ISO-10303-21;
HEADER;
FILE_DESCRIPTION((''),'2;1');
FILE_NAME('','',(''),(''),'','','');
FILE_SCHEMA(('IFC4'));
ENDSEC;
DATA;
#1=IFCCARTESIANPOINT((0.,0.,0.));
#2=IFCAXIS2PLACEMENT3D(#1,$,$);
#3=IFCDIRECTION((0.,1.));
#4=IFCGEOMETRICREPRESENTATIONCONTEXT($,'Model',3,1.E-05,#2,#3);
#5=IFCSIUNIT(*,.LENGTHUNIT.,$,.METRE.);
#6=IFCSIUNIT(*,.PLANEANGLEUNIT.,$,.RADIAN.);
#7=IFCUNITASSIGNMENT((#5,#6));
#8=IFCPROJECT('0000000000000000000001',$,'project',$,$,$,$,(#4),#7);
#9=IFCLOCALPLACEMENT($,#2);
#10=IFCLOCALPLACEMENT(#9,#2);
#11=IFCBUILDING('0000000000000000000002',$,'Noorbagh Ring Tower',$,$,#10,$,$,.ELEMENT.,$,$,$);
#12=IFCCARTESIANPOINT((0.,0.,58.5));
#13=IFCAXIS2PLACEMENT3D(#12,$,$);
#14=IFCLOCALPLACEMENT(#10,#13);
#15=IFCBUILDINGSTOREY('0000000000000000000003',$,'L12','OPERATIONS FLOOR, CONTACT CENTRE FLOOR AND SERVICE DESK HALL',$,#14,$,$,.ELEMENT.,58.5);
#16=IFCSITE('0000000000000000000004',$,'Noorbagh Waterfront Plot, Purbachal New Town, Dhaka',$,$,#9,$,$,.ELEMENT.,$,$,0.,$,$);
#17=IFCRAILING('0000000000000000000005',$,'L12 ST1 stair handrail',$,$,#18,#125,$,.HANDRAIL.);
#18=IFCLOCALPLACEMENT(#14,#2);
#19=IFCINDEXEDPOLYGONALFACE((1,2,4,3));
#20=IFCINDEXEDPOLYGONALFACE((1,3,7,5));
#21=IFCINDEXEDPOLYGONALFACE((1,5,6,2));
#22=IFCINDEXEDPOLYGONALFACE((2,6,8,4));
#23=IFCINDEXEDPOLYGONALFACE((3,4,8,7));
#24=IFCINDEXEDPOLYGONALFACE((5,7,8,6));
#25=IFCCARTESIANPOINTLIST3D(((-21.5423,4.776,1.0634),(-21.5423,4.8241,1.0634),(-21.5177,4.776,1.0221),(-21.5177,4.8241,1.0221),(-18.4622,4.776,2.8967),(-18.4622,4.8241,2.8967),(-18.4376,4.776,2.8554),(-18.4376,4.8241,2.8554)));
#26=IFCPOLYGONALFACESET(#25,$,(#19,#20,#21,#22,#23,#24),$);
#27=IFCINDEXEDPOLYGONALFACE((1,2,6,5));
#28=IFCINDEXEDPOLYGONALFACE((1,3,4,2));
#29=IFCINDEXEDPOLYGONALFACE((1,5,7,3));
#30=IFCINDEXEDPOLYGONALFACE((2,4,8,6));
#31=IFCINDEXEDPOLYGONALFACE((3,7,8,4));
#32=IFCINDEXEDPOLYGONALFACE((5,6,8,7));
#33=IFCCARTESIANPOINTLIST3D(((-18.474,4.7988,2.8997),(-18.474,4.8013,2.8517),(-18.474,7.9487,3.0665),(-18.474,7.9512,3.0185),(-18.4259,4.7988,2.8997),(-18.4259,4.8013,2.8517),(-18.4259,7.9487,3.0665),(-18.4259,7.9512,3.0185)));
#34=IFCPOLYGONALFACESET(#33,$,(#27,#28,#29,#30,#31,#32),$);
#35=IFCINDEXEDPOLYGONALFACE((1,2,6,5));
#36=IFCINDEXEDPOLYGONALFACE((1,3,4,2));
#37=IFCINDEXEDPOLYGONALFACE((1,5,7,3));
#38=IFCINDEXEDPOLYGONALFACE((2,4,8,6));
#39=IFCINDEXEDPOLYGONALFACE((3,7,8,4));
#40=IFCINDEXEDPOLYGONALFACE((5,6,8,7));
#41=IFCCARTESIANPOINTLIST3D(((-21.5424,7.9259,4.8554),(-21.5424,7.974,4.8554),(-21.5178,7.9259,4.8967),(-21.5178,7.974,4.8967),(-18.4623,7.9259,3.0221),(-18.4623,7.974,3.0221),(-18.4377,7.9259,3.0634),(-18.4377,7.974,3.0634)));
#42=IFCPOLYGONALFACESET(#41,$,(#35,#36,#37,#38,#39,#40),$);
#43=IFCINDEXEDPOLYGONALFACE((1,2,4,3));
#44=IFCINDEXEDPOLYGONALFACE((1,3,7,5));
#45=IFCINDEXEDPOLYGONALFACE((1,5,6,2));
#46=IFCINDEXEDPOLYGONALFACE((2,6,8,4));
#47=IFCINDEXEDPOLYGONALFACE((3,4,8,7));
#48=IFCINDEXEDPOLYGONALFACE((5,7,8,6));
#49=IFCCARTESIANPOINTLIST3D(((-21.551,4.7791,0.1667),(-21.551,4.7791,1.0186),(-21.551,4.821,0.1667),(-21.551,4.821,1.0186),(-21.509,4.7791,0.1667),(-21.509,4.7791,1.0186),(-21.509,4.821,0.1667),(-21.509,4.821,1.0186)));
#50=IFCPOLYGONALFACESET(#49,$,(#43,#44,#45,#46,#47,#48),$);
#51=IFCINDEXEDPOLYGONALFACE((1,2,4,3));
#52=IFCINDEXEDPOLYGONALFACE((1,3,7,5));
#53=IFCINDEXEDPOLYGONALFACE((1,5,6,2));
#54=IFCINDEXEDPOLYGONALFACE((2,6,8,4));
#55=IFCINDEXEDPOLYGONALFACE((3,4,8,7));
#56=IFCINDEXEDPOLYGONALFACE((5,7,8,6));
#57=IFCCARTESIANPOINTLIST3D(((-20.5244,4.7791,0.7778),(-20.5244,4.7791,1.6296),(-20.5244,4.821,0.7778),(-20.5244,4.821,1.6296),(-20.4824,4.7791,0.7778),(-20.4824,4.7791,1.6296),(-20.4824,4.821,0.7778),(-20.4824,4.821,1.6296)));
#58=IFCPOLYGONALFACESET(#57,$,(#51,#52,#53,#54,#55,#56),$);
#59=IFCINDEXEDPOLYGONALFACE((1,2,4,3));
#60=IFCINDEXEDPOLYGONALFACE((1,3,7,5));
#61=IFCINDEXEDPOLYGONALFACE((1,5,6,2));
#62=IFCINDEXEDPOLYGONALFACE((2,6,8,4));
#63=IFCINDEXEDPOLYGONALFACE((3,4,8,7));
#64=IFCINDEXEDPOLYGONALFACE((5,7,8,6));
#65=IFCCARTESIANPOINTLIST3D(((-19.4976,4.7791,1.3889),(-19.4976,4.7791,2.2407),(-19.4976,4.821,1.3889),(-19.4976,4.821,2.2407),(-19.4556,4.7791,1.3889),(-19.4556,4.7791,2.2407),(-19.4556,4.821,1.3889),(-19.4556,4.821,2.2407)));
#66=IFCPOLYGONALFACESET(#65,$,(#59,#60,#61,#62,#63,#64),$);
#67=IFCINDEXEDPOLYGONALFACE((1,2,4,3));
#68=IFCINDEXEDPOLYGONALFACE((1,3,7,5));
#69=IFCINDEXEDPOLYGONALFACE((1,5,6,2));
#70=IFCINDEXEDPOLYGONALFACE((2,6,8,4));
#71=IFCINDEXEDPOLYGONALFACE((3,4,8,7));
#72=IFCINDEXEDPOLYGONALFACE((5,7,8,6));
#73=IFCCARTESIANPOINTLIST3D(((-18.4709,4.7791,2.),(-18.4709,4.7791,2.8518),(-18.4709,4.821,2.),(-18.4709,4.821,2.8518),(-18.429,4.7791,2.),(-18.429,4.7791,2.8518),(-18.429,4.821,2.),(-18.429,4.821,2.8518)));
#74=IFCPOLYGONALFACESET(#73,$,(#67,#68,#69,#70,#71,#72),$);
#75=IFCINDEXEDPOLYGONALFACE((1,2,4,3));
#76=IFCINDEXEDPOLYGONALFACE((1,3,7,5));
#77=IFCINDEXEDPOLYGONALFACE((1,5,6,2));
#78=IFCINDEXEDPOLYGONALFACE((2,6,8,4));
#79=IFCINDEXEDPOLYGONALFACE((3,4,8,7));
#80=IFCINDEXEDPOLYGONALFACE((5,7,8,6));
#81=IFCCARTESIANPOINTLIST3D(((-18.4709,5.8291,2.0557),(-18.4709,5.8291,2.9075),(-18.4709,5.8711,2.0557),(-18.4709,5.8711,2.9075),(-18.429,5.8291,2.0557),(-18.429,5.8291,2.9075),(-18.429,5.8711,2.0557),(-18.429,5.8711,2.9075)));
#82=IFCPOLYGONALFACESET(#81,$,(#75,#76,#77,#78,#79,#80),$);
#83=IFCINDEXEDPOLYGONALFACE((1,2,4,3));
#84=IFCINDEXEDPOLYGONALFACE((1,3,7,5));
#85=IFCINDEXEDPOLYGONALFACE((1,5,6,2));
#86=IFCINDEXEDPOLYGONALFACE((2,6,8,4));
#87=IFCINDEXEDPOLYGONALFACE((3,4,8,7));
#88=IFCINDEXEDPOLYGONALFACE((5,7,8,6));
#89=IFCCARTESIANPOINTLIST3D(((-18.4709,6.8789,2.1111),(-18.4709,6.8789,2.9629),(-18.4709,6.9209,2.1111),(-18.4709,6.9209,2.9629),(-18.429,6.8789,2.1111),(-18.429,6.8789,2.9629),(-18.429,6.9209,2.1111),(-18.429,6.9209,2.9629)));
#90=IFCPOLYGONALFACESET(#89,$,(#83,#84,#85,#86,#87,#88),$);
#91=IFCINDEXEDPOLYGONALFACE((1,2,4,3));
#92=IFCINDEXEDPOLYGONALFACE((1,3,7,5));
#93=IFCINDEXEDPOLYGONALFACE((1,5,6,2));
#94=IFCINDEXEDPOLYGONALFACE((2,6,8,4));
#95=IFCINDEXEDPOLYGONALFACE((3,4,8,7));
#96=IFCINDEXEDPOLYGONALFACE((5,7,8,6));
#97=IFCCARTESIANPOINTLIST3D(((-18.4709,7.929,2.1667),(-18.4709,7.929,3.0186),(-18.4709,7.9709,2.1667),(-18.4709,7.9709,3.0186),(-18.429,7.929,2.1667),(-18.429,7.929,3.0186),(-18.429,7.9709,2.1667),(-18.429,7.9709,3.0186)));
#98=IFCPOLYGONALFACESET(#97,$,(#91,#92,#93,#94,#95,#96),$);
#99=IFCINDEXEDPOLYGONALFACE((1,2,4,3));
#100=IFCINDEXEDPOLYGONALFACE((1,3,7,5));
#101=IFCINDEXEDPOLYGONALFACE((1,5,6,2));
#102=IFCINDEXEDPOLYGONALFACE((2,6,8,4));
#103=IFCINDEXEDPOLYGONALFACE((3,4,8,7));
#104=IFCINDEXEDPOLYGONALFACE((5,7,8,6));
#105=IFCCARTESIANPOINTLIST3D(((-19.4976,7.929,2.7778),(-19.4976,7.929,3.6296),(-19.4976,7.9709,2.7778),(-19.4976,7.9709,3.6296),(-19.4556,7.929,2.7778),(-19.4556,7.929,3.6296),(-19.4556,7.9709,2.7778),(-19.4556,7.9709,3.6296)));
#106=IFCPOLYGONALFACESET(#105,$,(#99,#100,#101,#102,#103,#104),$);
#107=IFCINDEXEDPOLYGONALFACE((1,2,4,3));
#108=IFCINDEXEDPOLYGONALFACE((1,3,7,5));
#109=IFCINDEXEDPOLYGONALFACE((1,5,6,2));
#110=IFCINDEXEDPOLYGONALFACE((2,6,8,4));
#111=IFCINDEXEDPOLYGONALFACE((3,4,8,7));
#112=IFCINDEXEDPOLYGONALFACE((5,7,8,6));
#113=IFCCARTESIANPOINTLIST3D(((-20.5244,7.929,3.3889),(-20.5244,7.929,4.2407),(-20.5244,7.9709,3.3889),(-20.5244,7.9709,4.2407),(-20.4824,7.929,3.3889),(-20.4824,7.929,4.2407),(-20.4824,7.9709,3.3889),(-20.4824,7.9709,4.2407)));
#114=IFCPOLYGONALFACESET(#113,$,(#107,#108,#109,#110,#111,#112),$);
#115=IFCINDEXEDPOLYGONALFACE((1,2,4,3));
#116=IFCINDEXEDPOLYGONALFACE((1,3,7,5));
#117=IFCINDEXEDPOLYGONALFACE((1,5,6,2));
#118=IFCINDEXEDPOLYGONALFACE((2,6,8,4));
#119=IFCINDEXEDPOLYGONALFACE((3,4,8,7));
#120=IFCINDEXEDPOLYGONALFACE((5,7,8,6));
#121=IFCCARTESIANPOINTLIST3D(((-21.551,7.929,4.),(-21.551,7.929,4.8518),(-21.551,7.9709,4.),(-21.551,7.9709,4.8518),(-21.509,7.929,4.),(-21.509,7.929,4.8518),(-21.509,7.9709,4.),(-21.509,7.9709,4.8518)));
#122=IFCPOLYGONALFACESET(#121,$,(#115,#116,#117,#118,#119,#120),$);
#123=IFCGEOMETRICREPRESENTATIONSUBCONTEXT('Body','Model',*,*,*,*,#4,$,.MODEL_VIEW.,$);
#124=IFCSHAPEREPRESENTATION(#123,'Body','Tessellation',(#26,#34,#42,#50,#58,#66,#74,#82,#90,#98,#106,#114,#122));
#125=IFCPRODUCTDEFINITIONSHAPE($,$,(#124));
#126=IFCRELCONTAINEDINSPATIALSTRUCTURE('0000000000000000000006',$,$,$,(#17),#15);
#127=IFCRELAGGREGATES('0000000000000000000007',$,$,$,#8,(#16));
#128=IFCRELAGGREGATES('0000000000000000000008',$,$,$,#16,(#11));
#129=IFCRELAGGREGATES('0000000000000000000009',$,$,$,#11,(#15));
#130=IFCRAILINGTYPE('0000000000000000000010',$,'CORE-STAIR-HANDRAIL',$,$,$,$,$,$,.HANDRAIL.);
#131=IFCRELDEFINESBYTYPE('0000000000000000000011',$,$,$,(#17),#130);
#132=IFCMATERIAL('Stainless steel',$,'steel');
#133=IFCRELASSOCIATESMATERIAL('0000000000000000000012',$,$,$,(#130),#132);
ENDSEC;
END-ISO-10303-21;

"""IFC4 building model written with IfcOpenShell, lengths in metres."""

from ifc_helpers import new_model, si_unit, direction, frame, origin, origin_2d, place, context, subcontext, project, spatial, rectangle, extrude, material, type_object, element, save


model = new_model("IFC4")

# Units and contexts
model_context = context("Model", 3, precision=1e-05, world=origin(), true_north=direction((0.0, 1.0)))
body_context = subcontext(model_context, "Body", "Model", "MODEL_VIEW")
ifc_project = project(units=[si_unit("LENGTHUNIT", "METRE"), si_unit("PLANEANGLEUNIT", "RADIAN")], contexts=[model_context])

# Site, building, storey
site_placement = place(None, origin())
site = spatial("IfcSite", under=ifc_project, at=site_placement, Name="Noorbagh Waterfront Plot, Purbachal New Town, Dhaka", CompositionType="ELEMENT", RefElevation=0.0)
building_placement = place(site_placement, origin())
building = spatial("IfcBuilding", under=site, at=building_placement, Name="Noorbagh Ring Tower", CompositionType="ELEMENT")
storey_placement = place(building_placement, frame((0.0, 0.0, 58.5)))
storey = spatial("IfcBuildingStorey", under=building, at=storey_placement, Name="L12", Description="OPERATIONS FLOOR, CONTACT CENTRE FLOOR AND SERVICE DESK HALL", CompositionType="ELEMENT", Elevation=58.5)

# Railing
ifc_material_1 = material(Name="Stainless steel", Category="steel")
railing_type_1 = type_object("IfcRailingType", Name="CORE-STAIR-HANDRAIL", PredefinedType="HANDRAIL", material=ifc_material_1)
railing_1_placement = place(storey_placement, frame((-21.53, 4.8, 0.1667)))
element("IfcRailing", 1, at=railing_1_placement, inside=storey, type_object=railing_type_1, Name="L12 ST1 stair handrail", PredefinedType="HANDRAIL", context=body_context, shape_type="SweptSolid", body=[
    extrude(rectangle(XDim=0.0481, YDim=0.0481, at=origin_2d()), frame((0.0, 0.0, 0.876), z_axis=(0.859309, 0.0, 0.511458), x_axis=(0.0, 1.0, 0.0)), (0.0, 0.0, 1.0), 3.5845),
    extrude(rectangle(XDim=0.0481, YDim=0.0481, at=origin_2d()), frame((3.0801, 0.0, 2.709), z_axis=(0.0, 0.998602, 0.052864), x_axis=(-1.0, 0.0, 0.0)), (0.0, 0.0, 1.0), 3.1543),
    extrude(rectangle(XDim=0.0481, YDim=0.0481, at=origin_2d()), frame((3.0801, 3.1499, 2.876), z_axis=(-0.859309, 0.0, 0.511458), x_axis=(0.0, -1.0, 0.0)), (0.0, 0.0, 1.0), 3.5845),
    extrude(rectangle(XDim=0.042, YDim=0.042, at=origin_2d()), origin(), (0.0, 0.0, 1.0), 0.8518),
    extrude(rectangle(XDim=0.042, YDim=0.042, at=origin_2d()), frame((1.0266, 0.0, 0.6111)), (0.0, 0.0, 1.0), 0.8518),
    extrude(rectangle(XDim=0.042, YDim=0.042, at=origin_2d()), frame((2.0535, 0.0, 1.2222)), (0.0, 0.0, 1.0), 0.8518),
    extrude(rectangle(XDim=0.042, YDim=0.042, at=origin_2d()), frame((3.0801, 0.0, 1.8333)), (0.0, 0.0, 1.0), 0.8518),
    extrude(rectangle(XDim=0.042, YDim=0.042, at=origin_2d()), frame((3.0801, 1.05, 1.8889)), (0.0, 0.0, 1.0), 0.8518),
    extrude(rectangle(XDim=0.042, YDim=0.042, at=origin_2d()), frame((3.0801, 2.0999, 1.9443)), (0.0, 0.0, 1.0), 0.8518),
    extrude(rectangle(XDim=0.042, YDim=0.042, at=origin_2d()), frame((3.0801, 3.1499, 2.0)), (0.0, 0.0, 1.0), 0.8518),
    extrude(rectangle(XDim=0.042, YDim=0.042, at=origin_2d()), frame((2.0535, 3.1499, 2.6111)), (0.0, 0.0, 1.0), 0.8518),
    extrude(rectangle(XDim=0.042, YDim=0.042, at=origin_2d()), frame((1.0266, 3.1499, 3.2222)), (0.0, 0.0, 1.0), 0.8518),
    extrude(rectangle(XDim=0.042, YDim=0.042, at=origin_2d()), frame((0.0, 3.1499, 3.8333)), (0.0, 0.0, 1.0), 0.8518),
])

save(model, "model.ifc")
